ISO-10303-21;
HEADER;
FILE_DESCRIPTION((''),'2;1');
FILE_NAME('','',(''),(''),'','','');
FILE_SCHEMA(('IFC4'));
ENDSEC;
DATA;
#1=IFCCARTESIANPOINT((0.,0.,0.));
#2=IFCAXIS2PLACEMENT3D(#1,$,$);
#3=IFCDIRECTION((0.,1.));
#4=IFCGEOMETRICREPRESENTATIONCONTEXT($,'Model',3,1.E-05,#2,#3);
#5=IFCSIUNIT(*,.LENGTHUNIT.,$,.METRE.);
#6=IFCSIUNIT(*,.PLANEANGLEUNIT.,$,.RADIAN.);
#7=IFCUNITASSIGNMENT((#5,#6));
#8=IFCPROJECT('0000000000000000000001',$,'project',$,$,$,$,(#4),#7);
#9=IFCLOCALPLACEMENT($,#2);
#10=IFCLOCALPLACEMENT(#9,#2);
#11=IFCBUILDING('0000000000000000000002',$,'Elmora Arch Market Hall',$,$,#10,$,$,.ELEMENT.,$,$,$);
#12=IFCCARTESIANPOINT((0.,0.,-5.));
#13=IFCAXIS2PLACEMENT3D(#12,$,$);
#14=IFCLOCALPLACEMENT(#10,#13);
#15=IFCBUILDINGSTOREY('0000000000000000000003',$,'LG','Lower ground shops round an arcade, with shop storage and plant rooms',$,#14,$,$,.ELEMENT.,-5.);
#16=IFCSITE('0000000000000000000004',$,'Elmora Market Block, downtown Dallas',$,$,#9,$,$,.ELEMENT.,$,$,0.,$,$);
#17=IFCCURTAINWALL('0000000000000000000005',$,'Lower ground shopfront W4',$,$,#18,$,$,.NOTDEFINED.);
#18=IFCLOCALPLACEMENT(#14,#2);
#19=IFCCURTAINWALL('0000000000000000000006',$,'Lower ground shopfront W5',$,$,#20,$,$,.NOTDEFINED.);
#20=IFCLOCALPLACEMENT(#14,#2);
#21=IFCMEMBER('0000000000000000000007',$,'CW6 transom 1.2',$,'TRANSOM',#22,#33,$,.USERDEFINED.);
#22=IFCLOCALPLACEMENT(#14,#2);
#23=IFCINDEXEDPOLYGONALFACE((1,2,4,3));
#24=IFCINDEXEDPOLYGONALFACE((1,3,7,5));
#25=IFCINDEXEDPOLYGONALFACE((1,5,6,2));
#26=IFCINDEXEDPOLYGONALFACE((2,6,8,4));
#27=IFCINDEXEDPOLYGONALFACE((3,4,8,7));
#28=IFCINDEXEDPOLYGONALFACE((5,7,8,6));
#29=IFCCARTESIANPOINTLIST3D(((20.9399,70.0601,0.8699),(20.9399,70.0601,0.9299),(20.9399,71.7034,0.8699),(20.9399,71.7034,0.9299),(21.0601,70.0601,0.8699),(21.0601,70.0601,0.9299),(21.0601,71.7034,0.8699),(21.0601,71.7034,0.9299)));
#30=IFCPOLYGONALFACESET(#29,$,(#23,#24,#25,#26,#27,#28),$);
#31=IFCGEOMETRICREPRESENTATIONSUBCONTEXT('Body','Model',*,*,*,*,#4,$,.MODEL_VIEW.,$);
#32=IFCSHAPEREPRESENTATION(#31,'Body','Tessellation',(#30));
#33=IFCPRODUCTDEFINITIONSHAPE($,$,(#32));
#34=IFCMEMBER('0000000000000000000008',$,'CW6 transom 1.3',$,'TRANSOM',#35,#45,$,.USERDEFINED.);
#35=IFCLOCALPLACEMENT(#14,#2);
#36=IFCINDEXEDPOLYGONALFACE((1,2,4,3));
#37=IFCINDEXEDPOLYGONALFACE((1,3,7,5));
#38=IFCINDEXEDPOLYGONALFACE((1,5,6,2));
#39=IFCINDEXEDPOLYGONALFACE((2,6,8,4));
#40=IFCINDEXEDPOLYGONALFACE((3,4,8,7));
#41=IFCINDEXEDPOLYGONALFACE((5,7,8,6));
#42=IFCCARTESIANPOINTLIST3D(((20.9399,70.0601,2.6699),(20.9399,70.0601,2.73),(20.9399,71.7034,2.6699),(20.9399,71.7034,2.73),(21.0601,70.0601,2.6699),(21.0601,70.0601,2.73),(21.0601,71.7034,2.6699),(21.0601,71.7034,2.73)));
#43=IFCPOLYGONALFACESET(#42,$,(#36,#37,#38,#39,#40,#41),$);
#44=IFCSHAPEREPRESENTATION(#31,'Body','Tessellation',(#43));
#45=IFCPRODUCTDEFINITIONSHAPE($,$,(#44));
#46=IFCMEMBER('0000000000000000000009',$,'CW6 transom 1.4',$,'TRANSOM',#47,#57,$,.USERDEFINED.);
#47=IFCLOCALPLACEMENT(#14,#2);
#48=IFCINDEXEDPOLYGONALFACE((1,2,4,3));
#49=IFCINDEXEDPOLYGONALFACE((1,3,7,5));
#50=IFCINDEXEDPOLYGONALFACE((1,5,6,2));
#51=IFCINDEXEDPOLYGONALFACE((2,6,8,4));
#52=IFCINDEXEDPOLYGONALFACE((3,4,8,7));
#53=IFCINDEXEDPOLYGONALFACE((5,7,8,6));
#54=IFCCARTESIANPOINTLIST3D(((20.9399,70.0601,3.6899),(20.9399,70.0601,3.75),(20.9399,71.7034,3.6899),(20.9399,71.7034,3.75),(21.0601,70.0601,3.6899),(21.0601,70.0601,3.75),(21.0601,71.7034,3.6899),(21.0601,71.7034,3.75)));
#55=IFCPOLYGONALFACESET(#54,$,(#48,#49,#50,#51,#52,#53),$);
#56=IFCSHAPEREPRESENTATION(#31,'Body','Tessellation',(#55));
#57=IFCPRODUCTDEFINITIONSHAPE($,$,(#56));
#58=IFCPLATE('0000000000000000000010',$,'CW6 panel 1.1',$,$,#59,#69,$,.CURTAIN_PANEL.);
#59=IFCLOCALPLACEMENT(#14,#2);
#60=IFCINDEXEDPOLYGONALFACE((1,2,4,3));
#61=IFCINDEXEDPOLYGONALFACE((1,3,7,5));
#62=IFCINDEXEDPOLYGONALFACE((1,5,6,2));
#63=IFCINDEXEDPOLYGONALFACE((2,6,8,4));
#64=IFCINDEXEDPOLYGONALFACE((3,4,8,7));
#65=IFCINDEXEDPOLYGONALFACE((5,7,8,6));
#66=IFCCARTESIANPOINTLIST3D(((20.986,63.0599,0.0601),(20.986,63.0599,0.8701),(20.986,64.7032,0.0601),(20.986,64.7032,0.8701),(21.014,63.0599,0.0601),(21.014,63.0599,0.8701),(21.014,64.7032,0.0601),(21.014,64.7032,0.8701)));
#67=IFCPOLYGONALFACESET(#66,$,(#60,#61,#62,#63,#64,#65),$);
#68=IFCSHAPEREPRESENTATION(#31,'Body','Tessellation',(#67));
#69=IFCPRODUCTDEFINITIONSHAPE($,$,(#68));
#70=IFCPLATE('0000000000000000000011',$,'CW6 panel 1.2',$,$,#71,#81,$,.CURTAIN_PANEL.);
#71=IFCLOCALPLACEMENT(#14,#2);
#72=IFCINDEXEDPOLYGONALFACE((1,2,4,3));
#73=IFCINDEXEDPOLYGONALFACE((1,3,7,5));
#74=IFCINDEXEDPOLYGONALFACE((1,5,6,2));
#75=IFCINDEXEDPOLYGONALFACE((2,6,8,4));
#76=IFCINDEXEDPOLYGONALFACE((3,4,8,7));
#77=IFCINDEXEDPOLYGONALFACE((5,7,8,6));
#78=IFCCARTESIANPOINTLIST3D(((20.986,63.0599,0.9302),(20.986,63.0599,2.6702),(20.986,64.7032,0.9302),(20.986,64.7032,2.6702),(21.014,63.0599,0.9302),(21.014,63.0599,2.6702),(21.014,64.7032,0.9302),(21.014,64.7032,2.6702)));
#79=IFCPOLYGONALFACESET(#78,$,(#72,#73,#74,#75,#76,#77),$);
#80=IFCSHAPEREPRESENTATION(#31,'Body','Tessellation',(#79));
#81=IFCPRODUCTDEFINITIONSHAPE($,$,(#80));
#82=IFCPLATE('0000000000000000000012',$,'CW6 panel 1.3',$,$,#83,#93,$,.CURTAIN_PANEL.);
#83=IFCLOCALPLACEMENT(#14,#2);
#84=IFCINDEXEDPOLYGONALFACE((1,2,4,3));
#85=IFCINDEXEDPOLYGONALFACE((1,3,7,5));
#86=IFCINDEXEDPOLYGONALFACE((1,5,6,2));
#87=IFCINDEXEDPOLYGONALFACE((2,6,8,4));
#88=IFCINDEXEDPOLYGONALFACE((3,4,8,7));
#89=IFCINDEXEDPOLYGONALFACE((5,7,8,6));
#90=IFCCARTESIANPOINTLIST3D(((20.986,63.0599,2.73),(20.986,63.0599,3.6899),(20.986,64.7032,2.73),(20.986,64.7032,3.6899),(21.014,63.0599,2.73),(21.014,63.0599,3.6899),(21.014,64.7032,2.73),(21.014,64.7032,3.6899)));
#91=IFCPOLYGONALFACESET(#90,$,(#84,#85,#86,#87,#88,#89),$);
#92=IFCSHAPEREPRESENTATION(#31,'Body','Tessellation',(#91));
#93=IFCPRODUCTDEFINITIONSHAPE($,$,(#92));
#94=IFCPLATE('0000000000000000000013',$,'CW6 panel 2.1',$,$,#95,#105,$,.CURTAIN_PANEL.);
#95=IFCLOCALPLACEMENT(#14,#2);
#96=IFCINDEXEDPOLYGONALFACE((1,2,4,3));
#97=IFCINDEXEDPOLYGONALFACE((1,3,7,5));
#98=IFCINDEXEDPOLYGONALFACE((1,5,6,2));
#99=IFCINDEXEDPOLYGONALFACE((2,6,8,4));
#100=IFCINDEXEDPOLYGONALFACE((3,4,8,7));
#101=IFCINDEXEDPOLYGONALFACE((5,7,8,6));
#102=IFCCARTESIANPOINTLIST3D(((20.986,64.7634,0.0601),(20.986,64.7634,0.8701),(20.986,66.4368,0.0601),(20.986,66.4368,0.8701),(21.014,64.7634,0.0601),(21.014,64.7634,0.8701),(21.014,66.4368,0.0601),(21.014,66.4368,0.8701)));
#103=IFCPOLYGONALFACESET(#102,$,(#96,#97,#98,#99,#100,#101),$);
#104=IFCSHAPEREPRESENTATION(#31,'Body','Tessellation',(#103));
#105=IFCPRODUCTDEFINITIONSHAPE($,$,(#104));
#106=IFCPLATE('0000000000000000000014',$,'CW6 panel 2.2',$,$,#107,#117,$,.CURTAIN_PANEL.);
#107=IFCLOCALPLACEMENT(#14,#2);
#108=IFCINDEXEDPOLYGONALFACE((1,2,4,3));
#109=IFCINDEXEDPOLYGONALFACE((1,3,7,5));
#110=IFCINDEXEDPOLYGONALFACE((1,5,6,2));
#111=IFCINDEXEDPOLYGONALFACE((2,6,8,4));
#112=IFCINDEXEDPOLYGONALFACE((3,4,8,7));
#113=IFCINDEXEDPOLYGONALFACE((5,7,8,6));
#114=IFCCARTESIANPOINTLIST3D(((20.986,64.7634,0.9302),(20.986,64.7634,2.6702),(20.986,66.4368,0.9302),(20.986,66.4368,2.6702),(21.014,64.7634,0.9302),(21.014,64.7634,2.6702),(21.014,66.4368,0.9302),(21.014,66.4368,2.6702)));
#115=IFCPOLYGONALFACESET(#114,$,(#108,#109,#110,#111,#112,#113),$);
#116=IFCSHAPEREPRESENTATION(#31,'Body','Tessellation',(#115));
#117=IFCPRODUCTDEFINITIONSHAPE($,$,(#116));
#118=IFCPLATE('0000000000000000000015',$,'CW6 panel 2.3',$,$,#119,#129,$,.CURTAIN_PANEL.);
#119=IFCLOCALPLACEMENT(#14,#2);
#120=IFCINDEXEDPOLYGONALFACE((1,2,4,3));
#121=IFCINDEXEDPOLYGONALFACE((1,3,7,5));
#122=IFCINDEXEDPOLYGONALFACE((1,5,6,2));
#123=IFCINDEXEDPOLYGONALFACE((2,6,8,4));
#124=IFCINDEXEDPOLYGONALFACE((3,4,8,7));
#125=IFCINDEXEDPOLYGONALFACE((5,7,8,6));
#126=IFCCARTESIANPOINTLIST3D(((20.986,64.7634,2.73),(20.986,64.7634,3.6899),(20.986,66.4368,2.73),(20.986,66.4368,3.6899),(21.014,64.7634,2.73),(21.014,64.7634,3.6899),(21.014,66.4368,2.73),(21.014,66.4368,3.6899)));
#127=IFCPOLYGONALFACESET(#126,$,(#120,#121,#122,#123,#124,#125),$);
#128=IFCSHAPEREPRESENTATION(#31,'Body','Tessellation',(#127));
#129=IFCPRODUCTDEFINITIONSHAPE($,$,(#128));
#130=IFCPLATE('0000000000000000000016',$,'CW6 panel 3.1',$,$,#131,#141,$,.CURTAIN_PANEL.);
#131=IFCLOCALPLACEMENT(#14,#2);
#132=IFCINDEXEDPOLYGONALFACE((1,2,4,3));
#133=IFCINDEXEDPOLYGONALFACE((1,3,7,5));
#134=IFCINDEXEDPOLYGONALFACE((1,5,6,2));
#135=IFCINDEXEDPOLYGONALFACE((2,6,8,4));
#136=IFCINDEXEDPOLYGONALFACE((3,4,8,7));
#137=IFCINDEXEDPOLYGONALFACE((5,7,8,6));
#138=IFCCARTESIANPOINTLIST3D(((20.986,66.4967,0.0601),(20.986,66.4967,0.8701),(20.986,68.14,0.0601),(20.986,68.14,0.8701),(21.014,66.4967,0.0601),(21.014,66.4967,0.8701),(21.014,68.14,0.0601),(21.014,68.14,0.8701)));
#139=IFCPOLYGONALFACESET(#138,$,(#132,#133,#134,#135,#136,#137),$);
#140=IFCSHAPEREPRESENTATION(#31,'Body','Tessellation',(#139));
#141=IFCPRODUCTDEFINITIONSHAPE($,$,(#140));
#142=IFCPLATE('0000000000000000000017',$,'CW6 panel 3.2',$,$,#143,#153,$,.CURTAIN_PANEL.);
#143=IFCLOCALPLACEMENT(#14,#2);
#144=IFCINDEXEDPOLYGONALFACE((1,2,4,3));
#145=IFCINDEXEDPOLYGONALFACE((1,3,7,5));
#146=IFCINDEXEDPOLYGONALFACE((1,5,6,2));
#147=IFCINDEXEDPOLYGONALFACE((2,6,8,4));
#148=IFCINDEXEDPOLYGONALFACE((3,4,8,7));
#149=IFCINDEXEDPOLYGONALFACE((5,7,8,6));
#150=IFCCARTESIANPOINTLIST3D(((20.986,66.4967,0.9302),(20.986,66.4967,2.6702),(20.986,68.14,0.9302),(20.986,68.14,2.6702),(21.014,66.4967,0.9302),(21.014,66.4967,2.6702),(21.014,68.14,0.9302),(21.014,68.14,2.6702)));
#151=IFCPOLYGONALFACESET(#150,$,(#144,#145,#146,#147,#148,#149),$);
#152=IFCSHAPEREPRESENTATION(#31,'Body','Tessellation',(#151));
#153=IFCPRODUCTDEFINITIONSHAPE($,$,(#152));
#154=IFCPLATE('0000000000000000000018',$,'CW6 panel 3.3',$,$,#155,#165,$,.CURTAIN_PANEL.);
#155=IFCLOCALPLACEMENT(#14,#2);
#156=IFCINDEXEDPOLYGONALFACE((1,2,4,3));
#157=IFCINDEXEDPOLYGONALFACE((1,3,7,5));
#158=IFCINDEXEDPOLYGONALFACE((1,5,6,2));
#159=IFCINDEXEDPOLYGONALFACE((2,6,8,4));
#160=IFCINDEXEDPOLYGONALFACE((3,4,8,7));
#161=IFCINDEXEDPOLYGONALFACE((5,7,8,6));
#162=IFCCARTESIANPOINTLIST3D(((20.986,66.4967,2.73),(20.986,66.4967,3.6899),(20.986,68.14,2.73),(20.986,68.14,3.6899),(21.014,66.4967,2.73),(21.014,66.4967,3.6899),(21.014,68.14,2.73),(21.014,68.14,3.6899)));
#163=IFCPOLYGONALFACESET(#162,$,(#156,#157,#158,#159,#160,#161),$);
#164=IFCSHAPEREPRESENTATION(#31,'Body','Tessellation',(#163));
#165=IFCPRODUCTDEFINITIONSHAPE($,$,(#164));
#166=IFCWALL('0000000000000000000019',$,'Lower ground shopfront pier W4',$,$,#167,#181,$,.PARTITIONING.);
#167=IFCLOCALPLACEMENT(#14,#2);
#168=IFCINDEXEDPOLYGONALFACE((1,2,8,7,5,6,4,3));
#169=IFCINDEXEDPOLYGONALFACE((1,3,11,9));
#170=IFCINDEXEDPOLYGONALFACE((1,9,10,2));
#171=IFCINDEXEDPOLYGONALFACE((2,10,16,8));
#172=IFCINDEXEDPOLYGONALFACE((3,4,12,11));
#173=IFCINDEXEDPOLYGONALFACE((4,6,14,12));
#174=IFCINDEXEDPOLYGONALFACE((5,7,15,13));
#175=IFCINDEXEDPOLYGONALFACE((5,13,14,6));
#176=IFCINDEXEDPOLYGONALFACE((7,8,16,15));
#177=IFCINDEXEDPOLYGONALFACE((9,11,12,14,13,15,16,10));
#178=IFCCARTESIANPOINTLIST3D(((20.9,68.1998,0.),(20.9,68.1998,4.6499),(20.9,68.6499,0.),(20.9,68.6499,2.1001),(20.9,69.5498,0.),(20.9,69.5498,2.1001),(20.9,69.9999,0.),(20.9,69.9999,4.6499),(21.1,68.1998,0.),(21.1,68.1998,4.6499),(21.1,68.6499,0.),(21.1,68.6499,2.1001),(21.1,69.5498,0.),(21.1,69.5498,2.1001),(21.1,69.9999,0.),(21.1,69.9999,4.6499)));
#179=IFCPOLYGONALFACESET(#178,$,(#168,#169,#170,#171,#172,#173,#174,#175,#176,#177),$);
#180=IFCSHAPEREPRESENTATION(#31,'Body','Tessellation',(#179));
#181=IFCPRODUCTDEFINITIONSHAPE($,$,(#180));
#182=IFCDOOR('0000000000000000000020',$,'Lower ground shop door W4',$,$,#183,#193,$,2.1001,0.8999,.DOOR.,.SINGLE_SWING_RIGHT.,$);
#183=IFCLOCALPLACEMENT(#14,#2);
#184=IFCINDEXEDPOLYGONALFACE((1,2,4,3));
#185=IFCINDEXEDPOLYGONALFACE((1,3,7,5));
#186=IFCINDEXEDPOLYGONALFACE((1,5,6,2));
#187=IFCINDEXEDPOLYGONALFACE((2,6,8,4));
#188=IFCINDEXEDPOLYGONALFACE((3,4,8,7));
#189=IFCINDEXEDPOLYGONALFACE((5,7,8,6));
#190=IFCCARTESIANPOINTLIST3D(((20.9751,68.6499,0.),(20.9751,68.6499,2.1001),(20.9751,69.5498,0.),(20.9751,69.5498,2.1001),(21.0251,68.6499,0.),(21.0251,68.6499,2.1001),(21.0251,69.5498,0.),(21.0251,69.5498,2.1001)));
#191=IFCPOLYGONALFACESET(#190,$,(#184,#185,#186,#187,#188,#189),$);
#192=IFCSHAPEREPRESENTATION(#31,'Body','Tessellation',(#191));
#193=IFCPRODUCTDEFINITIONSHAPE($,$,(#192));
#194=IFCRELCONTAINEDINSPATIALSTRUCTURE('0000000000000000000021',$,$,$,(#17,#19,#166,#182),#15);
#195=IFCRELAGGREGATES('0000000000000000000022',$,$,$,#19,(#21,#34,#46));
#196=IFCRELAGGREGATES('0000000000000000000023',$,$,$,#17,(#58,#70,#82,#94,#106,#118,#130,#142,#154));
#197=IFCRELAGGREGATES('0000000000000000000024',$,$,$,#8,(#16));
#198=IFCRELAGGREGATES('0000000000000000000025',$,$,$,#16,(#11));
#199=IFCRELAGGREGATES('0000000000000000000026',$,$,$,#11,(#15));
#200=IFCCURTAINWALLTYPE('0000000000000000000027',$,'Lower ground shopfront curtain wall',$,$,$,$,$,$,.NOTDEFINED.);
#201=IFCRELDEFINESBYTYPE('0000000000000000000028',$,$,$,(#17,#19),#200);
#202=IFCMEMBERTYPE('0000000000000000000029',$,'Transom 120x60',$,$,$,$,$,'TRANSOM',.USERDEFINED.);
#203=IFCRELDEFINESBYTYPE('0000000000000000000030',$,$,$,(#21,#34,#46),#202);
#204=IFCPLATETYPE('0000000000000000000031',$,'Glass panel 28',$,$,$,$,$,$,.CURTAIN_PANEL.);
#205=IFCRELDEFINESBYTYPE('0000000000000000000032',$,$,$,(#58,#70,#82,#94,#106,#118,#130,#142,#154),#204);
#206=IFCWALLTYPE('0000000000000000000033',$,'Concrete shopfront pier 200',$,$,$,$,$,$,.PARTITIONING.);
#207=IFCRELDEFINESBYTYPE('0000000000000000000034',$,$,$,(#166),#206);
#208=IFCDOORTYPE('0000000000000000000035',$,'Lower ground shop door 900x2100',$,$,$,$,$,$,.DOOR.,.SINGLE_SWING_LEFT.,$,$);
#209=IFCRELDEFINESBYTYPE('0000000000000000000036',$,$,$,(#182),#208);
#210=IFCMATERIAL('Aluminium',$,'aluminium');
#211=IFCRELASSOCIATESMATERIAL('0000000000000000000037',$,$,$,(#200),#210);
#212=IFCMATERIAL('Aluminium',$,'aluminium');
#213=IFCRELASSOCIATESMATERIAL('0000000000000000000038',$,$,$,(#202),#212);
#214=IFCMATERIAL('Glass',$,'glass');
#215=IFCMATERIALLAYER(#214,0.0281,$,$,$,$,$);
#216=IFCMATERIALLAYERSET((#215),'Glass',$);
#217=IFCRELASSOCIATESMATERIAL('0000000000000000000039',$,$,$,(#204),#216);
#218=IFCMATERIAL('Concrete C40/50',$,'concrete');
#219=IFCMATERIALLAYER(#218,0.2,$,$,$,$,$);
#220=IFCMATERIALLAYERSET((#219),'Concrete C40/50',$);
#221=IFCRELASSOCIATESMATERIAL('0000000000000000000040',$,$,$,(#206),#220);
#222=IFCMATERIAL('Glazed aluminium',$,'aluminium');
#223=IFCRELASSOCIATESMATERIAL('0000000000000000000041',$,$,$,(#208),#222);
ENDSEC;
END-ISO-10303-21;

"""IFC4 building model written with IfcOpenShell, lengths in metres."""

from ifc_helpers import new_model, si_unit, direction, frame, frame_2d, origin, origin_2d, place, context, subcontext, project, spatial, rectangle, extrude, material, layer, layer_set, material_profile, profile_set, type_object, element, fill, aggregate, save


model = new_model("IFC4")

# Units and contexts
model_context = context("Model", 3, precision=1e-05, world=origin(), true_north=direction((0.0, 1.0)))
body_context = subcontext(model_context, "Body", "Model", "MODEL_VIEW")
ifc_project = project(units=[si_unit("LENGTHUNIT", "METRE"), si_unit("PLANEANGLEUNIT", "RADIAN")], contexts=[model_context])

# Site, building, storey
site_placement = place(None, origin())
site = spatial("IfcSite", under=ifc_project, at=site_placement, Name="Elmora Market Block, downtown Dallas", CompositionType="ELEMENT", RefElevation=0.0)
building_placement = place(site_placement, origin())
building = spatial("IfcBuilding", under=site, at=building_placement, Name="Elmora Arch Market Hall", CompositionType="ELEMENT")
storey_placement = place(building_placement, frame((0.0, 0.0, -5.0)))
storey = spatial("IfcBuildingStorey", under=building, at=storey_placement, Name="LG", Description="Lower ground shops round an arcade, with shop storage and plant rooms", CompositionType="ELEMENT", Elevation=-5.0)

# Curtain wall
ifc_material_1 = material(Name="Aluminium", Category="aluminium")
curtain_wall_type = type_object("IfcCurtainWallType", Name="Lower ground shopfront curtain wall", PredefinedType="NOTDEFINED", material=ifc_material_1)
curtain_wall_1_placement = place(storey_placement, origin())
curtain_wall_1 = element("IfcCurtainWall", 1, at=curtain_wall_1_placement, inside=storey, type_object=curtain_wall_type, Name="Lower ground shopfront W4", PredefinedType="NOTDEFINED")

# Curtain wall
curtain_wall_2_placement = place(storey_placement, origin())
curtain_wall_2 = element("IfcCurtainWall", 2, at=curtain_wall_2_placement, inside=storey, type_object=curtain_wall_type, Name="Lower ground shopfront W5", PredefinedType="NOTDEFINED")

# Members
ifc_material_2 = material(Name="Aluminium", Category="aluminium")
ifc_material_profile_1 = material_profile(ifc_material_2, rectangle(XDim=0.1201, YDim=0.0601, at=origin_2d()), Name="AL 120x60")
ifc_profile_set_1 = profile_set([ifc_material_profile_1], Name="Aluminium")
member_type_1 = type_object("IfcMemberType", Name="Transom 120x60", ElementType="TRANSOM", PredefinedType="USERDEFINED", material=ifc_profile_set_1)
member_1_placement = place(storey_placement, frame((21.0, 70.0601, 0.8999), z_axis=(0.0, 1.0, 0.0), x_axis=(-1.0, 0.0, 0.0)))
member_1 = element("IfcMember", 3, at=member_1_placement, type_object=member_type_1, Name="CW6 transom 1.2", ObjectType="TRANSOM", PredefinedType="USERDEFINED", context=body_context, shape_type="SweptSolid", body=[
    extrude(rectangle(XDim=0.1201, YDim=0.0601, at=origin_2d()), origin(), (0.0, 0.0, 1.0), 1.6433),
])
member_2_placement = place(storey_placement, frame((21.0, 70.0601, 2.7), z_axis=(0.0, 1.0, 0.0), x_axis=(-1.0, 0.0, 0.0)))
member_2 = element("IfcMember", 4, at=member_2_placement, type_object=member_type_1, Name="CW6 transom 1.3", ObjectType="TRANSOM", PredefinedType="USERDEFINED", context=body_context, shape_type="SweptSolid", body=[
    extrude(rectangle(XDim=0.1201, YDim=0.0601, at=origin_2d()), origin(), (0.0, 0.0, 1.0), 1.6433),
])
member_3_placement = place(storey_placement, frame((21.0, 70.0601, 3.72), z_axis=(0.0, 1.0, 0.0), x_axis=(-1.0, 0.0, 0.0)))
member_3 = element("IfcMember", 5, at=member_3_placement, type_object=member_type_1, Name="CW6 transom 1.4", ObjectType="TRANSOM", PredefinedType="USERDEFINED", context=body_context, shape_type="SweptSolid", body=[
    extrude(rectangle(XDim=0.1201, YDim=0.0601, at=origin_2d()), origin(), (0.0, 0.0, 1.0), 1.6433),
])
aggregate(curtain_wall_2, [member_1, member_2, member_3])

# Plates
ifc_material_3 = material(Name="Glass", Category="glass")
ifc_layer_1 = layer(ifc_material_3, 0.0281)
ifc_layer_set_1 = layer_set([ifc_layer_1], Name="Glass")
plate_type = type_object("IfcPlateType", Name="Glass panel 28", PredefinedType="CURTAIN_PANEL", material=ifc_layer_set_1)
plate_1_placement = place(storey_placement, frame((21.0, 63.8816, 0.0601), z_axis=(0.0, 0.0, 1.0), x_axis=(0.0, 1.0, 0.0)))
plate_1 = element("IfcPlate", 6, at=plate_1_placement, type_object=plate_type, Name="CW6 panel 1.1", PredefinedType="CURTAIN_PANEL", context=body_context, shape_type="SweptSolid", body=[
    extrude(rectangle(XDim=1.6433, YDim=0.0281, at=origin_2d()), origin(), (0.0, 0.0, 1.0), 0.8101),
])
plate_2_placement = place(storey_placement, frame((21.0, 63.8816, 0.9302), z_axis=(0.0, 0.0, 1.0), x_axis=(0.0, 1.0, 0.0)))
plate_2 = element("IfcPlate", 7, at=plate_2_placement, type_object=plate_type, Name="CW6 panel 1.2", PredefinedType="CURTAIN_PANEL", context=body_context, shape_type="SweptSolid", body=[
    extrude(rectangle(XDim=1.6433, YDim=0.0281, at=origin_2d()), origin(), (0.0, 0.0, 1.0), 1.74),
])
plate_3_placement = place(storey_placement, frame((21.0, 63.8816, 2.73), z_axis=(0.0, 0.0, 1.0), x_axis=(0.0, 1.0, 0.0)))
plate_3 = element("IfcPlate", 8, at=plate_3_placement, type_object=plate_type, Name="CW6 panel 1.3", PredefinedType="CURTAIN_PANEL", context=body_context, shape_type="SweptSolid", body=[
    extrude(rectangle(XDim=1.6433, YDim=0.0281, at=origin_2d()), origin(), (0.0, 0.0, 1.0), 0.96),
])
plate_4_placement = place(storey_placement, frame((21.0, 65.6001, 0.0601), z_axis=(0.0, 0.0, 1.0), x_axis=(0.0, 1.0, 0.0)))
plate_4 = element("IfcPlate", 9, at=plate_4_placement, type_object=plate_type, Name="CW6 panel 2.1", PredefinedType="CURTAIN_PANEL", context=body_context, shape_type="SweptSolid", body=[
    extrude(rectangle(XDim=1.6733, YDim=0.0281, at=origin_2d()), origin(), (0.0, 0.0, 1.0), 0.8101),
])
plate_5_placement = place(storey_placement, frame((21.0, 65.6001, 0.9302), z_axis=(0.0, 0.0, 1.0), x_axis=(0.0, 1.0, 0.0)))
plate_5 = element("IfcPlate", 10, at=plate_5_placement, type_object=plate_type, Name="CW6 panel 2.2", PredefinedType="CURTAIN_PANEL", context=body_context, shape_type="SweptSolid", body=[
    extrude(rectangle(XDim=1.6733, YDim=0.0281, at=origin_2d()), origin(), (0.0, 0.0, 1.0), 1.74),
])
plate_6_placement = place(storey_placement, frame((21.0, 65.6001, 2.73), z_axis=(0.0, 0.0, 1.0), x_axis=(0.0, 1.0, 0.0)))
plate_6 = element("IfcPlate", 11, at=plate_6_placement, type_object=plate_type, Name="CW6 panel 2.3", PredefinedType="CURTAIN_PANEL", context=body_context, shape_type="SweptSolid", body=[
    extrude(rectangle(XDim=1.6733, YDim=0.0281, at=origin_2d()), origin(), (0.0, 0.0, 1.0), 0.96),
])
plate_7_placement = place(storey_placement, frame((21.0, 67.3184, 0.0601), z_axis=(0.0, 0.0, 1.0), x_axis=(0.0, 1.0, 0.0)))
plate_7 = element("IfcPlate", 12, at=plate_7_placement, type_object=plate_type, Name="CW6 panel 3.1", PredefinedType="CURTAIN_PANEL", context=body_context, shape_type="SweptSolid", body=[
    extrude(rectangle(XDim=1.6433, YDim=0.0281, at=origin_2d()), origin(), (0.0, 0.0, 1.0), 0.8101),
])
plate_8_placement = place(storey_placement, frame((21.0, 67.3184, 0.9302), z_axis=(0.0, 0.0, 1.0), x_axis=(0.0, 1.0, 0.0)))
plate_8 = element("IfcPlate", 13, at=plate_8_placement, type_object=plate_type, Name="CW6 panel 3.2", PredefinedType="CURTAIN_PANEL", context=body_context, shape_type="SweptSolid", body=[
    extrude(rectangle(XDim=1.6433, YDim=0.0281, at=origin_2d()), origin(), (0.0, 0.0, 1.0), 1.74),
])
plate_9_placement = place(storey_placement, frame((21.0, 67.3184, 2.73), z_axis=(0.0, 0.0, 1.0), x_axis=(0.0, 1.0, 0.0)))
plate_9 = element("IfcPlate", 14, at=plate_9_placement, type_object=plate_type, Name="CW6 panel 3.3", PredefinedType="CURTAIN_PANEL", context=body_context, shape_type="SweptSolid", body=[
    extrude(rectangle(XDim=1.6433, YDim=0.0281, at=origin_2d()), origin(), (0.0, 0.0, 1.0), 0.96),
])
aggregate(curtain_wall_1, [plate_1, plate_2, plate_3, plate_4, plate_5, plate_6, plate_7, plate_8, plate_9])

# Wall, opening, door
ifc_material_4 = material(Name="Concrete C40/50", Category="concrete")
ifc_layer_2 = layer(ifc_material_4, 0.2)
ifc_layer_set_2 = layer_set([ifc_layer_2], Name="Concrete C40/50")
wall_type = type_object("IfcWallType", Name="Concrete shopfront pier 200", PredefinedType="PARTITIONING", material=ifc_layer_set_2)
wall_placement = place(storey_placement, frame((21.0, 68.2, 0.0), z_axis=(0.0, 0.0, 1.0), x_axis=(0.0, 1.0, 0.0)))
wall = element("IfcWall", 15, at=wall_placement, inside=storey, type_object=wall_type, Name="Lower ground shopfront pier W4", PredefinedType="PARTITIONING", context=body_context, shape_type="SweptSolid", body=[
    extrude(rectangle(XDim=1.8, YDim=0.2, at=frame_2d((0.8999, 0.0))), origin(), (0.0, 0.0, 1.0), 4.6499),
])
opening_placement = place(wall_placement, frame((0.45, 0.0, 0.0)))
opening = element("IfcOpeningElement", 16, at=opening_placement, cuts=wall, PredefinedType="OPENING", context=body_context, shape_type="SweptSolid", body=[
    extrude(rectangle(XDim=0.8999, YDim=2.1001, at=frame_2d((0.45, 1.05))), frame((0.0, 0.1099, 0.0), z_axis=(0.0, -1.0, 0.0), x_axis=(1.0, 0.0, 0.0)), (0.0, 0.0, 1.0), 0.22),
])
ifc_material_5 = material(Name="Glazed aluminium", Category="aluminium")
door_type = type_object("IfcDoorType", Name="Lower ground shop door 900x2100", OperationType="SINGLE_SWING_LEFT", PredefinedType="DOOR", material=ifc_material_5)
door_placement = place(opening_placement, origin())
door = element("IfcDoor", 17, at=door_placement, inside=storey, type_object=door_type, Name="Lower ground shop door W4", OperationType="SINGLE_SWING_RIGHT", OverallHeight=2.1001, OverallWidth=0.8999, PredefinedType="DOOR", context=body_context, shape_type="SweptSolid", body=[
    extrude(rectangle(XDim=0.8999, YDim=2.1001, at=frame_2d((0.45, 1.05))), frame((0.0, 0.0249, 0.0), z_axis=(0.0, -1.0, 0.0), x_axis=(1.0, 0.0, 0.0)), (0.0, 0.0, 1.0), 0.05),
])
fill(opening, door)

save(model, "model.ifc")
